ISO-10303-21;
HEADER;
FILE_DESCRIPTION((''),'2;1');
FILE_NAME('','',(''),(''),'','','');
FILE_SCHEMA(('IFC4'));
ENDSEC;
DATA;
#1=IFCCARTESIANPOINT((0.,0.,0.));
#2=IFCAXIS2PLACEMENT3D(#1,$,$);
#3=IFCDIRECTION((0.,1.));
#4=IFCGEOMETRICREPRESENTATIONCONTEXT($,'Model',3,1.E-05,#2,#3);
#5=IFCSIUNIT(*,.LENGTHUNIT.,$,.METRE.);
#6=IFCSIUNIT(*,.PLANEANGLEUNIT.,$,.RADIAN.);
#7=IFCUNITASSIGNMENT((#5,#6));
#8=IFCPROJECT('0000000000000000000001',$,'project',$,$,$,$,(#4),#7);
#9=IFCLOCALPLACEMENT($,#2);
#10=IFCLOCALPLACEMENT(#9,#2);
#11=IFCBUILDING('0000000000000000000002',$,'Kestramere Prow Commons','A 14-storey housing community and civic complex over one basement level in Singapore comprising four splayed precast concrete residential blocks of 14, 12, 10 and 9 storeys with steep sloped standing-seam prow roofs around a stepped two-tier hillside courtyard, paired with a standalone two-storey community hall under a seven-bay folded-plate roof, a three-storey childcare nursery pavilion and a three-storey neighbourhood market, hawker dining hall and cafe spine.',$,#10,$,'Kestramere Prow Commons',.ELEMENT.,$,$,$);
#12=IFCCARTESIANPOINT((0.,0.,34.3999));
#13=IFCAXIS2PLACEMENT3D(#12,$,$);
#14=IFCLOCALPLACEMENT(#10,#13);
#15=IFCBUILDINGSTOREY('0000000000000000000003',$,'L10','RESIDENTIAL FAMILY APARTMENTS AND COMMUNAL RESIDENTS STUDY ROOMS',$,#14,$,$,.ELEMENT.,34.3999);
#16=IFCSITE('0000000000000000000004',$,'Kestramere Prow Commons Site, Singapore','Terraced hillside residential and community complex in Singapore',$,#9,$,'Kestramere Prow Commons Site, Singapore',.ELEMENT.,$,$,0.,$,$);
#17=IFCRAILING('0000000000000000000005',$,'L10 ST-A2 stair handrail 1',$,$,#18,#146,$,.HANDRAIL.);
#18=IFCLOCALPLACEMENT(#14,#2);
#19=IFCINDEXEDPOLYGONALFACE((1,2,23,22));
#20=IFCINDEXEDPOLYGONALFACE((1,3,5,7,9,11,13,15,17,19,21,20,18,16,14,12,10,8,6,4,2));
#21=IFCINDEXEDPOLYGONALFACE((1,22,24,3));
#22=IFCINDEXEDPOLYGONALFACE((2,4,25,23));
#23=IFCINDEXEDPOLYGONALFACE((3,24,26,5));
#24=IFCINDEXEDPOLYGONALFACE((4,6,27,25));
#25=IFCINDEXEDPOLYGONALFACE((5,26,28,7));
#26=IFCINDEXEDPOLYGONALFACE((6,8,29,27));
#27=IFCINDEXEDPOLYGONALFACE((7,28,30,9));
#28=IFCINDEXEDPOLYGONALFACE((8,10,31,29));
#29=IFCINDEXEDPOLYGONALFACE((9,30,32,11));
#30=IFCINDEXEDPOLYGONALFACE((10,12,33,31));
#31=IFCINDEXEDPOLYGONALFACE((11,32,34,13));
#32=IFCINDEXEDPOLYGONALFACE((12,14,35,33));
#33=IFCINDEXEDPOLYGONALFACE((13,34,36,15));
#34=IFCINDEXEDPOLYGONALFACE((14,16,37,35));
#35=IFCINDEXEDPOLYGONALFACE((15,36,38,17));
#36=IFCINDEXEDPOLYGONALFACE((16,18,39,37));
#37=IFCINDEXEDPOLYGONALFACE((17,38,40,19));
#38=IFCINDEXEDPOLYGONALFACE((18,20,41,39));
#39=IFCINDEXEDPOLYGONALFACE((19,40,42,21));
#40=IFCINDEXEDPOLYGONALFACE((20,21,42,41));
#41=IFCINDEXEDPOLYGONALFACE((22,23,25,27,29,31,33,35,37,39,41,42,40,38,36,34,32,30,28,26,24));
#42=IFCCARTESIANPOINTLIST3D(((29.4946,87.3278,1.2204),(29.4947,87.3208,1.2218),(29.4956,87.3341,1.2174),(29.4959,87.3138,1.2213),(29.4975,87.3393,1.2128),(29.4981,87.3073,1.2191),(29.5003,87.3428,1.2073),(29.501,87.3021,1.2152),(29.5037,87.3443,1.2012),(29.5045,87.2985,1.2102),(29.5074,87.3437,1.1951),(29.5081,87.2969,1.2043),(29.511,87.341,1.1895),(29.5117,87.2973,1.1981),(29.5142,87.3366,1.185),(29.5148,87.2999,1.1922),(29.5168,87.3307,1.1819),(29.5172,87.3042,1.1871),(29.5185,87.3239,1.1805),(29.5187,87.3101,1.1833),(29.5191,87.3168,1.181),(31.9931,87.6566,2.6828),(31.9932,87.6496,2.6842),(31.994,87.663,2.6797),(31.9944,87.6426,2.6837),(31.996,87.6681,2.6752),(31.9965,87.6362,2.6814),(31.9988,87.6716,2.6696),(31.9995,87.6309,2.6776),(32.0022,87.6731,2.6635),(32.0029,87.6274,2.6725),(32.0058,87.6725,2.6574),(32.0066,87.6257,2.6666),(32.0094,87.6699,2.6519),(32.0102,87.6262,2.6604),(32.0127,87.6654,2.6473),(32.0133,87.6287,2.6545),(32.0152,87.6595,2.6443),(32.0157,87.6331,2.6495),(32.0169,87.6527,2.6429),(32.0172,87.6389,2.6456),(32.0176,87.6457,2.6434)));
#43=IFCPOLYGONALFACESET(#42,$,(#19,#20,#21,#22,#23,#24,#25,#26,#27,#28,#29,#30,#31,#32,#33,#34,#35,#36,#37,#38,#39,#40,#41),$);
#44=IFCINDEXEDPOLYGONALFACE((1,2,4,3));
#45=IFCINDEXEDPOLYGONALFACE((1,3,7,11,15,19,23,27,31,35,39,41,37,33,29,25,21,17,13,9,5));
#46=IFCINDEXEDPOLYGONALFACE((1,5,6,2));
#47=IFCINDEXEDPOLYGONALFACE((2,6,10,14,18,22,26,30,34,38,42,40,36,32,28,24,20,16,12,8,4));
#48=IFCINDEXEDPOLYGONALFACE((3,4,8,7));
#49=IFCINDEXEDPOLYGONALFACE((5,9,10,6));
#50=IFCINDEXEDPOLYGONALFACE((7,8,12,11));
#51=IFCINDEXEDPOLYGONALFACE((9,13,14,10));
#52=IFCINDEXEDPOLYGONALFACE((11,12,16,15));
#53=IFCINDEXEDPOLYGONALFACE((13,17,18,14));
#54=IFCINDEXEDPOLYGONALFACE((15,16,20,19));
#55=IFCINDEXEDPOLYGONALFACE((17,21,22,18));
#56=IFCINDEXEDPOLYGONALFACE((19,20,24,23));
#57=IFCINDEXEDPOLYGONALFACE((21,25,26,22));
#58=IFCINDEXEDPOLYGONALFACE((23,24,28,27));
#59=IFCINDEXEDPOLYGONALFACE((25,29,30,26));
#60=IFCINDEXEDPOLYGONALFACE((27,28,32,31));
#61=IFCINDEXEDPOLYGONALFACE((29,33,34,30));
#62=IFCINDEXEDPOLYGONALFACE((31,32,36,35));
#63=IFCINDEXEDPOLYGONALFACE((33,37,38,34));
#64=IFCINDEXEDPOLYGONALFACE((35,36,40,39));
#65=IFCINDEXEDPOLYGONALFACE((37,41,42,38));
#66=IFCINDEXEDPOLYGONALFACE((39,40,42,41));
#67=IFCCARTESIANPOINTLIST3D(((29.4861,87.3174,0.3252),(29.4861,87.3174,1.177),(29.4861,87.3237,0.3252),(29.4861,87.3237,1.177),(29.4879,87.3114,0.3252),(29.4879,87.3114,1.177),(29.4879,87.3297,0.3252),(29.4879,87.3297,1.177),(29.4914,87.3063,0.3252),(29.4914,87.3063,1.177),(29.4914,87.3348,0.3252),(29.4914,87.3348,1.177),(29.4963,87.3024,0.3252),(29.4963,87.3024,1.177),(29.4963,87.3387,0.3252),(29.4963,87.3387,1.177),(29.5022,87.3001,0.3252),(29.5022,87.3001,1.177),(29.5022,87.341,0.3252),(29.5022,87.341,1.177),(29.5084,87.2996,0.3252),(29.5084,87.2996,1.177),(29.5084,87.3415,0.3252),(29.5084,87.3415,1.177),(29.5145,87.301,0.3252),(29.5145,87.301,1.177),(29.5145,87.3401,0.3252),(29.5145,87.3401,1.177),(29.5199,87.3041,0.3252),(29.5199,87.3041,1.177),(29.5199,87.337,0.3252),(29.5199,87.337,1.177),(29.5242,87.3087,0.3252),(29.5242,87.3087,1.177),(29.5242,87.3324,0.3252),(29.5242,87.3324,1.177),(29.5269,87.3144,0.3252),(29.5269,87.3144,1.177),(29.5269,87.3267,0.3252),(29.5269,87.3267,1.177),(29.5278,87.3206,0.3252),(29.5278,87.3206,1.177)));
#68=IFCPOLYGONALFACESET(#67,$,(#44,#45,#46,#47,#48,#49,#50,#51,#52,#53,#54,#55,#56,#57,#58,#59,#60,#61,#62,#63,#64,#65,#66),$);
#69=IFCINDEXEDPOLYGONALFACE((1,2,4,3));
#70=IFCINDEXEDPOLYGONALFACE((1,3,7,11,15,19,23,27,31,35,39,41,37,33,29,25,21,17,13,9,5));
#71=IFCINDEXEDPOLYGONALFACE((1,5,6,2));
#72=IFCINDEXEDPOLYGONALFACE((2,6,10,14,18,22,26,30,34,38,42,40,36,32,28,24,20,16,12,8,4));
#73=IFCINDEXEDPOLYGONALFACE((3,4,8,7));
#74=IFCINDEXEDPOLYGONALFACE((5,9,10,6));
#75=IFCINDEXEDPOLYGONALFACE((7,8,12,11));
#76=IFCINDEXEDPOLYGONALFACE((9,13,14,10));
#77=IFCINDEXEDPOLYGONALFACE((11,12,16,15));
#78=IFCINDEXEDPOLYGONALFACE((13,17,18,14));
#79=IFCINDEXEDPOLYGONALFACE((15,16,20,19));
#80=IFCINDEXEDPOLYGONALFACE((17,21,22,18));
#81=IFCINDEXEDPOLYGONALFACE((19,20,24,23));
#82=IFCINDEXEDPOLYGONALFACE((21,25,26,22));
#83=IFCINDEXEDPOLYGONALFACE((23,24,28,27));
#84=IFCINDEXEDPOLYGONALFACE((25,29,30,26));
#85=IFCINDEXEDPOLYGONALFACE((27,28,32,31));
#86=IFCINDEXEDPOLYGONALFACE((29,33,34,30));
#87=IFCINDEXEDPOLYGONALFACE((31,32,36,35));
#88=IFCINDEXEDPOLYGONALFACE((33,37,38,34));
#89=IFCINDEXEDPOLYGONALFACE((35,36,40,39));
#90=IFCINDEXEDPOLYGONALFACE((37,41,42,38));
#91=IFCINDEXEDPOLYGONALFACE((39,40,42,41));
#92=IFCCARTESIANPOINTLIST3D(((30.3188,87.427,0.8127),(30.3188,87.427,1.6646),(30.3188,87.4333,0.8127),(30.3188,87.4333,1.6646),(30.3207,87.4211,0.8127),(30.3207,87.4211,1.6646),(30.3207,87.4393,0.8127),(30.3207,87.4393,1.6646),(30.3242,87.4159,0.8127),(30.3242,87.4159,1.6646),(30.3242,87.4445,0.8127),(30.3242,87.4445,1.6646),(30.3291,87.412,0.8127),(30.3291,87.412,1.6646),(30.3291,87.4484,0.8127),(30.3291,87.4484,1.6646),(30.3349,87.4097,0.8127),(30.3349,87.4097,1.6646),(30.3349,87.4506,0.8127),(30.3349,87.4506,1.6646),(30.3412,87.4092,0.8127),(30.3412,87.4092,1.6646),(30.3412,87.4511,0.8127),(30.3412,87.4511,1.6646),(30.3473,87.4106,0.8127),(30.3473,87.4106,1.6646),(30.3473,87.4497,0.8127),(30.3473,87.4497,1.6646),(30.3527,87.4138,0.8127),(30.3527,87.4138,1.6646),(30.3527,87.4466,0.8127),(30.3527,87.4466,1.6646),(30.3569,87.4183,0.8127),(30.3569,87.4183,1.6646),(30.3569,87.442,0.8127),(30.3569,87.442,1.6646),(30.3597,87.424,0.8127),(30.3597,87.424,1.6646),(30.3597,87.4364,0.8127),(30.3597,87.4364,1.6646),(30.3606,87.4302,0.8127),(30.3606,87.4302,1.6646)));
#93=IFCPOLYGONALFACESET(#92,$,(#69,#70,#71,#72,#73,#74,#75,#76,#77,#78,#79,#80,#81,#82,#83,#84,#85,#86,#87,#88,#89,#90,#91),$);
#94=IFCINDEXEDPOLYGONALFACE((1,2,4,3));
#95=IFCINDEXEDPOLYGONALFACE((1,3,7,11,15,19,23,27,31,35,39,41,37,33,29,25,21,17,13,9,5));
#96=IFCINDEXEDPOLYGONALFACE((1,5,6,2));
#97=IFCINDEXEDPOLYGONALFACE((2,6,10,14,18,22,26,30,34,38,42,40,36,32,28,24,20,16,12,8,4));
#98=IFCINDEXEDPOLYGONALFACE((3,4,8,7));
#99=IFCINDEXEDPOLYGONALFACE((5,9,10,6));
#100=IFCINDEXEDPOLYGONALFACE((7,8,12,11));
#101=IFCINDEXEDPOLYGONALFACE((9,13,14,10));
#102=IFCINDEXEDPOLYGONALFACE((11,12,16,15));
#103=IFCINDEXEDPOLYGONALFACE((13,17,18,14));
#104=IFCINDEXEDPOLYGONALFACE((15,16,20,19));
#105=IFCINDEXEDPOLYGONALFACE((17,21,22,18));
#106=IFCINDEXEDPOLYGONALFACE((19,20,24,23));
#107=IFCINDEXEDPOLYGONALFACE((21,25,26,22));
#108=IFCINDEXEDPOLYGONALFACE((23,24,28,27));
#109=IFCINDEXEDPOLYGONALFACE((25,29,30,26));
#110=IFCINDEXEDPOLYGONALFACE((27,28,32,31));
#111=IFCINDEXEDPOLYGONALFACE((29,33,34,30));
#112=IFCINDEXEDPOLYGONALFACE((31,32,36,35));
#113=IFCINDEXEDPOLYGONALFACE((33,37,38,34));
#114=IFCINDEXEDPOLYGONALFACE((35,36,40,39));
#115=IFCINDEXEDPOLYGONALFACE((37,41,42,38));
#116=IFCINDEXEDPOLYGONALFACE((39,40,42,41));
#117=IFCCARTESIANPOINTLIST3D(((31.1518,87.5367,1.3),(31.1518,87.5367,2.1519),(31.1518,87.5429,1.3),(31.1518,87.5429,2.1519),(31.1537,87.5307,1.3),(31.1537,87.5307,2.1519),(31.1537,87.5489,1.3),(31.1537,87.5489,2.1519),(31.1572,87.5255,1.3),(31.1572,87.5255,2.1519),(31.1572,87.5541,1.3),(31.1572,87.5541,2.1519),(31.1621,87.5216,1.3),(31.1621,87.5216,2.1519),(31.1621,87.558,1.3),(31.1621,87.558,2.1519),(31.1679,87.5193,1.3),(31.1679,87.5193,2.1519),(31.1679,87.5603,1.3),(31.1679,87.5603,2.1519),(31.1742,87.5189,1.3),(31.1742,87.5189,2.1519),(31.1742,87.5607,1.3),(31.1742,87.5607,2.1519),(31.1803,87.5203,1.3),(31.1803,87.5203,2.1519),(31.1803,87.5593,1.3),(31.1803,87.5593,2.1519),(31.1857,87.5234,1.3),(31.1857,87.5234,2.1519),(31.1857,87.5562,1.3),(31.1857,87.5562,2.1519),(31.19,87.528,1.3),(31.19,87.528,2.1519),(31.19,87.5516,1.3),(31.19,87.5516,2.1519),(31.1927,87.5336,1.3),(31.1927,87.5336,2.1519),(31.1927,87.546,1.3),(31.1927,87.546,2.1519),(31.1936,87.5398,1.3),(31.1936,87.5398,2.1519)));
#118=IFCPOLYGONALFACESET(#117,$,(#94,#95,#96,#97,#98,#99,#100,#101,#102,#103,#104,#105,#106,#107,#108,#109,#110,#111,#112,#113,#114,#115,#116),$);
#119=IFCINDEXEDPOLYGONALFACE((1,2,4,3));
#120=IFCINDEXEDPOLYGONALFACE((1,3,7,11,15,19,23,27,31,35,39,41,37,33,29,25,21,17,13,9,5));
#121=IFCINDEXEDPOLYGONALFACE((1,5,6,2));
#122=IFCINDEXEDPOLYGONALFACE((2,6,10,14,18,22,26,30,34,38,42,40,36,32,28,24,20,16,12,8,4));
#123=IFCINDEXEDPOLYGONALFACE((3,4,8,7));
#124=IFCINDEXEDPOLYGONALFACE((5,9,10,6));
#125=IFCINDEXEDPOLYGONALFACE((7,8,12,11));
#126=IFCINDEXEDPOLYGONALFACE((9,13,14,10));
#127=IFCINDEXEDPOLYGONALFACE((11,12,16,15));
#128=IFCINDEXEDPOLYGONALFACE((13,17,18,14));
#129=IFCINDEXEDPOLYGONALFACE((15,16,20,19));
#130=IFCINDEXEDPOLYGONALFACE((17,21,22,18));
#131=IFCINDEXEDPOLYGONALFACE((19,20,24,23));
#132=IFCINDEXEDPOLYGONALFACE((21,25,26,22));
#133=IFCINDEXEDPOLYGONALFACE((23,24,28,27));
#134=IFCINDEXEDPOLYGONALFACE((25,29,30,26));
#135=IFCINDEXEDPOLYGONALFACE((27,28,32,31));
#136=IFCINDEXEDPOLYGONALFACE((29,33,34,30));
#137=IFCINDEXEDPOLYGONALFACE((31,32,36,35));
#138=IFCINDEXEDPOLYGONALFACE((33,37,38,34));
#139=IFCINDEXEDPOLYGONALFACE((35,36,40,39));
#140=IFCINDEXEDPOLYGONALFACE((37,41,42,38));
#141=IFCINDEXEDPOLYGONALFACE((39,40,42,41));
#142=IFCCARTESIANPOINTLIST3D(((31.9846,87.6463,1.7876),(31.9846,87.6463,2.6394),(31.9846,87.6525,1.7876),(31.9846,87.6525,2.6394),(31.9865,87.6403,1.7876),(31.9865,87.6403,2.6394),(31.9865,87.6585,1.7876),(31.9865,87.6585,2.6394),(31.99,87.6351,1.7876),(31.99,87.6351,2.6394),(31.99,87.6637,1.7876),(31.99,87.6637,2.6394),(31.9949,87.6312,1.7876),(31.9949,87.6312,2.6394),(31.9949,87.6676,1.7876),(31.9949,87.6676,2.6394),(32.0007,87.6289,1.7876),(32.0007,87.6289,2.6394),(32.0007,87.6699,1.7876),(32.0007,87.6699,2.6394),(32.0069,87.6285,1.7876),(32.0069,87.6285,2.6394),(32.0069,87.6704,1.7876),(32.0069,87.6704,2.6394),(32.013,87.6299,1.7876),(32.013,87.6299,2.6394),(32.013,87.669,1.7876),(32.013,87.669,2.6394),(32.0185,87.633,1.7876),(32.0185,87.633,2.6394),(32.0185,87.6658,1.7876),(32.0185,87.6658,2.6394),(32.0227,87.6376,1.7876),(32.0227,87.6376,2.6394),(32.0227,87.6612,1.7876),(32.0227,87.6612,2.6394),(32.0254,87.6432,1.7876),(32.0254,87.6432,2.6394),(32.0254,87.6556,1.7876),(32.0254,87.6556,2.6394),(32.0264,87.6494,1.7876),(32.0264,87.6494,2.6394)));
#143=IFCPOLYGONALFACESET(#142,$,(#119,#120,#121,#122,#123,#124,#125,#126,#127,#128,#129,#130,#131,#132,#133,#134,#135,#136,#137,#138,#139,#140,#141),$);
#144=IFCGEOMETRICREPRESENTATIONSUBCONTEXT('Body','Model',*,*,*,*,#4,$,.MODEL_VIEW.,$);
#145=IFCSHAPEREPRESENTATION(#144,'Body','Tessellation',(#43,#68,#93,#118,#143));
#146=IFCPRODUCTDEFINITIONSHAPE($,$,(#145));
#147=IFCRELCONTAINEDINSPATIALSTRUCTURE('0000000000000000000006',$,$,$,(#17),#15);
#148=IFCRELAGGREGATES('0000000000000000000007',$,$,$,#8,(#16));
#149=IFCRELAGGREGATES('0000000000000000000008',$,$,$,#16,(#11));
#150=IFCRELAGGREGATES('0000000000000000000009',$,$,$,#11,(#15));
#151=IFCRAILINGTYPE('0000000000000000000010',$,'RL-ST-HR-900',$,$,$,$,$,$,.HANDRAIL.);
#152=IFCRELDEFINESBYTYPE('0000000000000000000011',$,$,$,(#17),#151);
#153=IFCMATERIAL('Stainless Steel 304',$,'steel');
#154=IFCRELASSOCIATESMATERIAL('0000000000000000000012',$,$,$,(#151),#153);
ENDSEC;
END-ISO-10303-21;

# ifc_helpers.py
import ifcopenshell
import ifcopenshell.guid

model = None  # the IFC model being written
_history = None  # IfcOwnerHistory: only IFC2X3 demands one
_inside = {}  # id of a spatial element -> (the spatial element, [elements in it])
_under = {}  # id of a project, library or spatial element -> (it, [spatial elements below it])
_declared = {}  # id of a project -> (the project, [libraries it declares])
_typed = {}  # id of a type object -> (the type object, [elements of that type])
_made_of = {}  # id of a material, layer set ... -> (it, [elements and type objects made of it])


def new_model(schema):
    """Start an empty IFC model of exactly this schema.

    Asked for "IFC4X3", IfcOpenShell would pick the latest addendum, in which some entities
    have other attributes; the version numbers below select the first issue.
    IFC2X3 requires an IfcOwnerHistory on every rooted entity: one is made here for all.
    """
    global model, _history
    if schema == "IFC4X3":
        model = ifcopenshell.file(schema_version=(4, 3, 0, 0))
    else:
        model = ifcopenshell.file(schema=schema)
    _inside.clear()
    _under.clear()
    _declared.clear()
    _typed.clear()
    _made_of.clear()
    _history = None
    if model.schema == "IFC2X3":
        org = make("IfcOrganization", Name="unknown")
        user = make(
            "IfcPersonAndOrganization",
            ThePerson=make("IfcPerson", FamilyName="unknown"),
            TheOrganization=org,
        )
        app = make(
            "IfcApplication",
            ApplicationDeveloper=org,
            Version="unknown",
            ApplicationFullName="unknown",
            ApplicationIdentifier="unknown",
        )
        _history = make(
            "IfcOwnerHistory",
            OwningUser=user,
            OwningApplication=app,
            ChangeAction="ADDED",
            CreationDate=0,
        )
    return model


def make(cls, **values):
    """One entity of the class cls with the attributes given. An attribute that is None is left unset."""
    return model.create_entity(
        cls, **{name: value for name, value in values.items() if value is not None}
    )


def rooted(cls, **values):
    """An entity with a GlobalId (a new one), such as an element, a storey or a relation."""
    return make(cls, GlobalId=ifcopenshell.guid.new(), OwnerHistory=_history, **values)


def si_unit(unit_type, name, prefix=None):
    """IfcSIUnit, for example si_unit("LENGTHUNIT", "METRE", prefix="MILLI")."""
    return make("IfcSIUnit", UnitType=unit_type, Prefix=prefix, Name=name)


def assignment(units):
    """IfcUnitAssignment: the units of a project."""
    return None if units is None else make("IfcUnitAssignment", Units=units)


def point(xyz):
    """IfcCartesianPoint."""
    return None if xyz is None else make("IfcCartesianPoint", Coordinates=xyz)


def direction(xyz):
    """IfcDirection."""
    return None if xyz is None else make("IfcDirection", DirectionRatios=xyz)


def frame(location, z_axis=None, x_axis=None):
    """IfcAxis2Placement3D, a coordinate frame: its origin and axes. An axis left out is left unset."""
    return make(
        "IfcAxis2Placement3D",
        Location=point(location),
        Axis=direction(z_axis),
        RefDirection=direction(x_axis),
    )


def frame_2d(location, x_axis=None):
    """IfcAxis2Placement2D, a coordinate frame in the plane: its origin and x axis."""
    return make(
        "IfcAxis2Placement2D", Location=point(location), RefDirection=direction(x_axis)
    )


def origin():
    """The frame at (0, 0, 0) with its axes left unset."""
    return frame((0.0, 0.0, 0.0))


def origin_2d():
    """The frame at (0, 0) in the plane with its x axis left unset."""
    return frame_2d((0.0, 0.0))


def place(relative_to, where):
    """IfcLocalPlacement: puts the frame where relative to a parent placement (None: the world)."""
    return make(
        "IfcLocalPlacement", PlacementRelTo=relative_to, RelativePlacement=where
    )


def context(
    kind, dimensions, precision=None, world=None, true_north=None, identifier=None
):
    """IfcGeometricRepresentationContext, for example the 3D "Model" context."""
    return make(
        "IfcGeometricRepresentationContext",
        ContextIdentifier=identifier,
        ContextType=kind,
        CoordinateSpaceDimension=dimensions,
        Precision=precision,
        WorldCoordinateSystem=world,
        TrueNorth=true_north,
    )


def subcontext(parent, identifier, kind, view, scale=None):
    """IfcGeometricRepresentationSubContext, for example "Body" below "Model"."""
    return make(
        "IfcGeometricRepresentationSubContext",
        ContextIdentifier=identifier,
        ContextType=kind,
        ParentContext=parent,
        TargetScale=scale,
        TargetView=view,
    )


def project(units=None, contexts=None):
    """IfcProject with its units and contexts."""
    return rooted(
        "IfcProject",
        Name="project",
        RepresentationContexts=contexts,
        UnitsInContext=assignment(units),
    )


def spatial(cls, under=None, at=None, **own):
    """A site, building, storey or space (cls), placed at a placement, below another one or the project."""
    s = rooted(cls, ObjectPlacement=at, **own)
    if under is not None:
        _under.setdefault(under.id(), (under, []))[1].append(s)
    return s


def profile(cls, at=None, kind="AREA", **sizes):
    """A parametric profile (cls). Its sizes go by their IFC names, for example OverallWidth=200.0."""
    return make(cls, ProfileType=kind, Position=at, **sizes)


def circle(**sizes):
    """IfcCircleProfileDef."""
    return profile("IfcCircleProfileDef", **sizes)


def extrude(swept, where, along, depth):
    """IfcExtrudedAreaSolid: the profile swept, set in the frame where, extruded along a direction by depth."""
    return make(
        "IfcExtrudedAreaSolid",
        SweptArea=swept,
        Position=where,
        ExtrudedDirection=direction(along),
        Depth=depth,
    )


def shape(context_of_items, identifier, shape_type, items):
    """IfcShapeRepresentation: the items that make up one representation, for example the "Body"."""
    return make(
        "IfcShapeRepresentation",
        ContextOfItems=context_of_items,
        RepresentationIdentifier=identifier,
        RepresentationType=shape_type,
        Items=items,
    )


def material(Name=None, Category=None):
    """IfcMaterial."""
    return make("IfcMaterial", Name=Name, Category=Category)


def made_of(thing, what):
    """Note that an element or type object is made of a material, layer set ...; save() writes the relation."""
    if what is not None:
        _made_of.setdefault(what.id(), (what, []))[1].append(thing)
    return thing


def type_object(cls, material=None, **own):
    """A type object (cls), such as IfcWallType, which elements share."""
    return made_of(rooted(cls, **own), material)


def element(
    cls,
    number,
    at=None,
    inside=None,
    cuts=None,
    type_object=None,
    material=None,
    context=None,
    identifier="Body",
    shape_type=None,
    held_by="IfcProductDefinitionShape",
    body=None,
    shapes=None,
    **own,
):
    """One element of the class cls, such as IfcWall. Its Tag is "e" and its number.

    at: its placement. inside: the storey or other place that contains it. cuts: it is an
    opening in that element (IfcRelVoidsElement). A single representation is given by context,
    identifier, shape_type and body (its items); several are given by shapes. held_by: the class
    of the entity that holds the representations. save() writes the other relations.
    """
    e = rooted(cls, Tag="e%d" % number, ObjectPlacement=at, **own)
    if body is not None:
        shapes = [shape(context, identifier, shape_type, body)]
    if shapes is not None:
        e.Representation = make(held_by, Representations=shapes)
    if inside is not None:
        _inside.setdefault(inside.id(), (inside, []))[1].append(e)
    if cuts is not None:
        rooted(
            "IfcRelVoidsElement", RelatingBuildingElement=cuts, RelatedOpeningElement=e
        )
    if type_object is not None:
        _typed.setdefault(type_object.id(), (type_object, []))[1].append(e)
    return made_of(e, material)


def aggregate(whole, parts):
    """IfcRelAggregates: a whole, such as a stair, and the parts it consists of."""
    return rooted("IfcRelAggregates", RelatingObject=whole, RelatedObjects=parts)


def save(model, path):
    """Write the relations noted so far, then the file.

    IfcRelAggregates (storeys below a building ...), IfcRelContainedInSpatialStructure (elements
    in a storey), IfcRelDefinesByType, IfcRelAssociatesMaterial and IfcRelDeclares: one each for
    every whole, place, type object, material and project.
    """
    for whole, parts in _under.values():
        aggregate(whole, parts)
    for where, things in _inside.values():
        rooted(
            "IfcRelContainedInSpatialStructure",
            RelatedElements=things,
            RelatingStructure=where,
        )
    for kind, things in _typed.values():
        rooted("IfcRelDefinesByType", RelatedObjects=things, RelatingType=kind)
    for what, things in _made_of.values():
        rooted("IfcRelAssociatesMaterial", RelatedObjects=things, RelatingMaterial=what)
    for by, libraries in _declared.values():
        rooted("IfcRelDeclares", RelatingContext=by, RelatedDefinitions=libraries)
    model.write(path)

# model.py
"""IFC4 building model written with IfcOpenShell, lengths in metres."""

from ifc_helpers import new_model, si_unit, direction, frame, origin, origin_2d, place, context, subcontext, project, spatial, circle, extrude, material, type_object, element, save


model = new_model("IFC4")

# Units and contexts
model_context = context("Model", 3, precision=1e-05, world=origin(), true_north=direction((0.0, 1.0)))
body_context = subcontext(model_context, "Body", "Model", "MODEL_VIEW")
ifc_project = project(units=[si_unit("LENGTHUNIT", "METRE"), si_unit("PLANEANGLEUNIT", "RADIAN")], contexts=[model_context])

# Site, building, storey
site_placement = place(None, origin())
site = spatial("IfcSite", under=ifc_project, at=site_placement, Name="Kestramere Prow Commons Site, Singapore", Description="Terraced hillside residential and community complex in Singapore", LongName="Kestramere Prow Commons Site, Singapore", CompositionType="ELEMENT", RefElevation=0.0)
building_placement = place(site_placement, origin())
building = spatial("IfcBuilding", under=site, at=building_placement, Name="Kestramere Prow Commons", Description="A 14-storey housing community and civic complex over one basement level in Singapore comprising four splayed precast concrete residential blocks of 14, 12, 10 and 9 storeys with steep sloped standing-seam prow roofs around a stepped two-tier hillside courtyard, paired with a standalone two-storey community hall under a seven-bay folded-plate roof, a three-storey childcare nursery pavilion and a three-storey neighbourhood market, hawker dining hall and cafe spine.", LongName="Kestramere Prow Commons", CompositionType="ELEMENT")
storey_placement = place(building_placement, frame((0.0, 0.0, 34.3999)))
storey = spatial("IfcBuildingStorey", under=building, at=storey_placement, Name="L10", Description="RESIDENTIAL FAMILY APARTMENTS AND COMMUNAL RESIDENTS STUDY ROOMS", CompositionType="ELEMENT", Elevation=34.3999)

# Railing
ifc_material_1 = material(Name="Stainless Steel 304", Category="steel")
railing_type_1 = type_object("IfcRailingType", Name="RL-ST-HR-900", PredefinedType="HANDRAIL", material=ifc_material_1)
railing_1_placement = place(storey_placement, frame((29.5068, 87.3206, 0.3252)))
element("IfcRailing", 1, at=railing_1_placement, inside=storey, type_object=railing_type_1, Name="L10 ST-A2 stair handrail 1", PredefinedType="HANDRAIL", context=body_context, shape_type="SweptSolid", body=[
    extrude(circle(Radius=0.0239, at=origin_2d()), frame((0.0, 0.0, 0.876), z_axis=(0.857523, 0.112867, 0.501912), x_axis=(-0.130495, 0.991449, 0.0)), (0.0, 0.0, 1.0), 2.9136),
    extrude(circle(Radius=0.021, at=origin_2d()), origin(), (0.0, 0.0, 1.0), 0.8518),
    extrude(circle(Radius=0.021, at=origin_2d()), frame((0.8328, 0.1096, 0.4875)), (0.0, 0.0, 1.0), 0.8518),
    extrude(circle(Radius=0.021, at=origin_2d()), frame((1.6658, 0.2192, 0.9749)), (0.0, 0.0, 1.0), 0.8518),
    extrude(circle(Radius=0.021, at=origin_2d()), frame((2.4985, 0.3289, 1.4624)), (0.0, 0.0, 1.0), 0.8518),
])

save(model, "model.ifc")
